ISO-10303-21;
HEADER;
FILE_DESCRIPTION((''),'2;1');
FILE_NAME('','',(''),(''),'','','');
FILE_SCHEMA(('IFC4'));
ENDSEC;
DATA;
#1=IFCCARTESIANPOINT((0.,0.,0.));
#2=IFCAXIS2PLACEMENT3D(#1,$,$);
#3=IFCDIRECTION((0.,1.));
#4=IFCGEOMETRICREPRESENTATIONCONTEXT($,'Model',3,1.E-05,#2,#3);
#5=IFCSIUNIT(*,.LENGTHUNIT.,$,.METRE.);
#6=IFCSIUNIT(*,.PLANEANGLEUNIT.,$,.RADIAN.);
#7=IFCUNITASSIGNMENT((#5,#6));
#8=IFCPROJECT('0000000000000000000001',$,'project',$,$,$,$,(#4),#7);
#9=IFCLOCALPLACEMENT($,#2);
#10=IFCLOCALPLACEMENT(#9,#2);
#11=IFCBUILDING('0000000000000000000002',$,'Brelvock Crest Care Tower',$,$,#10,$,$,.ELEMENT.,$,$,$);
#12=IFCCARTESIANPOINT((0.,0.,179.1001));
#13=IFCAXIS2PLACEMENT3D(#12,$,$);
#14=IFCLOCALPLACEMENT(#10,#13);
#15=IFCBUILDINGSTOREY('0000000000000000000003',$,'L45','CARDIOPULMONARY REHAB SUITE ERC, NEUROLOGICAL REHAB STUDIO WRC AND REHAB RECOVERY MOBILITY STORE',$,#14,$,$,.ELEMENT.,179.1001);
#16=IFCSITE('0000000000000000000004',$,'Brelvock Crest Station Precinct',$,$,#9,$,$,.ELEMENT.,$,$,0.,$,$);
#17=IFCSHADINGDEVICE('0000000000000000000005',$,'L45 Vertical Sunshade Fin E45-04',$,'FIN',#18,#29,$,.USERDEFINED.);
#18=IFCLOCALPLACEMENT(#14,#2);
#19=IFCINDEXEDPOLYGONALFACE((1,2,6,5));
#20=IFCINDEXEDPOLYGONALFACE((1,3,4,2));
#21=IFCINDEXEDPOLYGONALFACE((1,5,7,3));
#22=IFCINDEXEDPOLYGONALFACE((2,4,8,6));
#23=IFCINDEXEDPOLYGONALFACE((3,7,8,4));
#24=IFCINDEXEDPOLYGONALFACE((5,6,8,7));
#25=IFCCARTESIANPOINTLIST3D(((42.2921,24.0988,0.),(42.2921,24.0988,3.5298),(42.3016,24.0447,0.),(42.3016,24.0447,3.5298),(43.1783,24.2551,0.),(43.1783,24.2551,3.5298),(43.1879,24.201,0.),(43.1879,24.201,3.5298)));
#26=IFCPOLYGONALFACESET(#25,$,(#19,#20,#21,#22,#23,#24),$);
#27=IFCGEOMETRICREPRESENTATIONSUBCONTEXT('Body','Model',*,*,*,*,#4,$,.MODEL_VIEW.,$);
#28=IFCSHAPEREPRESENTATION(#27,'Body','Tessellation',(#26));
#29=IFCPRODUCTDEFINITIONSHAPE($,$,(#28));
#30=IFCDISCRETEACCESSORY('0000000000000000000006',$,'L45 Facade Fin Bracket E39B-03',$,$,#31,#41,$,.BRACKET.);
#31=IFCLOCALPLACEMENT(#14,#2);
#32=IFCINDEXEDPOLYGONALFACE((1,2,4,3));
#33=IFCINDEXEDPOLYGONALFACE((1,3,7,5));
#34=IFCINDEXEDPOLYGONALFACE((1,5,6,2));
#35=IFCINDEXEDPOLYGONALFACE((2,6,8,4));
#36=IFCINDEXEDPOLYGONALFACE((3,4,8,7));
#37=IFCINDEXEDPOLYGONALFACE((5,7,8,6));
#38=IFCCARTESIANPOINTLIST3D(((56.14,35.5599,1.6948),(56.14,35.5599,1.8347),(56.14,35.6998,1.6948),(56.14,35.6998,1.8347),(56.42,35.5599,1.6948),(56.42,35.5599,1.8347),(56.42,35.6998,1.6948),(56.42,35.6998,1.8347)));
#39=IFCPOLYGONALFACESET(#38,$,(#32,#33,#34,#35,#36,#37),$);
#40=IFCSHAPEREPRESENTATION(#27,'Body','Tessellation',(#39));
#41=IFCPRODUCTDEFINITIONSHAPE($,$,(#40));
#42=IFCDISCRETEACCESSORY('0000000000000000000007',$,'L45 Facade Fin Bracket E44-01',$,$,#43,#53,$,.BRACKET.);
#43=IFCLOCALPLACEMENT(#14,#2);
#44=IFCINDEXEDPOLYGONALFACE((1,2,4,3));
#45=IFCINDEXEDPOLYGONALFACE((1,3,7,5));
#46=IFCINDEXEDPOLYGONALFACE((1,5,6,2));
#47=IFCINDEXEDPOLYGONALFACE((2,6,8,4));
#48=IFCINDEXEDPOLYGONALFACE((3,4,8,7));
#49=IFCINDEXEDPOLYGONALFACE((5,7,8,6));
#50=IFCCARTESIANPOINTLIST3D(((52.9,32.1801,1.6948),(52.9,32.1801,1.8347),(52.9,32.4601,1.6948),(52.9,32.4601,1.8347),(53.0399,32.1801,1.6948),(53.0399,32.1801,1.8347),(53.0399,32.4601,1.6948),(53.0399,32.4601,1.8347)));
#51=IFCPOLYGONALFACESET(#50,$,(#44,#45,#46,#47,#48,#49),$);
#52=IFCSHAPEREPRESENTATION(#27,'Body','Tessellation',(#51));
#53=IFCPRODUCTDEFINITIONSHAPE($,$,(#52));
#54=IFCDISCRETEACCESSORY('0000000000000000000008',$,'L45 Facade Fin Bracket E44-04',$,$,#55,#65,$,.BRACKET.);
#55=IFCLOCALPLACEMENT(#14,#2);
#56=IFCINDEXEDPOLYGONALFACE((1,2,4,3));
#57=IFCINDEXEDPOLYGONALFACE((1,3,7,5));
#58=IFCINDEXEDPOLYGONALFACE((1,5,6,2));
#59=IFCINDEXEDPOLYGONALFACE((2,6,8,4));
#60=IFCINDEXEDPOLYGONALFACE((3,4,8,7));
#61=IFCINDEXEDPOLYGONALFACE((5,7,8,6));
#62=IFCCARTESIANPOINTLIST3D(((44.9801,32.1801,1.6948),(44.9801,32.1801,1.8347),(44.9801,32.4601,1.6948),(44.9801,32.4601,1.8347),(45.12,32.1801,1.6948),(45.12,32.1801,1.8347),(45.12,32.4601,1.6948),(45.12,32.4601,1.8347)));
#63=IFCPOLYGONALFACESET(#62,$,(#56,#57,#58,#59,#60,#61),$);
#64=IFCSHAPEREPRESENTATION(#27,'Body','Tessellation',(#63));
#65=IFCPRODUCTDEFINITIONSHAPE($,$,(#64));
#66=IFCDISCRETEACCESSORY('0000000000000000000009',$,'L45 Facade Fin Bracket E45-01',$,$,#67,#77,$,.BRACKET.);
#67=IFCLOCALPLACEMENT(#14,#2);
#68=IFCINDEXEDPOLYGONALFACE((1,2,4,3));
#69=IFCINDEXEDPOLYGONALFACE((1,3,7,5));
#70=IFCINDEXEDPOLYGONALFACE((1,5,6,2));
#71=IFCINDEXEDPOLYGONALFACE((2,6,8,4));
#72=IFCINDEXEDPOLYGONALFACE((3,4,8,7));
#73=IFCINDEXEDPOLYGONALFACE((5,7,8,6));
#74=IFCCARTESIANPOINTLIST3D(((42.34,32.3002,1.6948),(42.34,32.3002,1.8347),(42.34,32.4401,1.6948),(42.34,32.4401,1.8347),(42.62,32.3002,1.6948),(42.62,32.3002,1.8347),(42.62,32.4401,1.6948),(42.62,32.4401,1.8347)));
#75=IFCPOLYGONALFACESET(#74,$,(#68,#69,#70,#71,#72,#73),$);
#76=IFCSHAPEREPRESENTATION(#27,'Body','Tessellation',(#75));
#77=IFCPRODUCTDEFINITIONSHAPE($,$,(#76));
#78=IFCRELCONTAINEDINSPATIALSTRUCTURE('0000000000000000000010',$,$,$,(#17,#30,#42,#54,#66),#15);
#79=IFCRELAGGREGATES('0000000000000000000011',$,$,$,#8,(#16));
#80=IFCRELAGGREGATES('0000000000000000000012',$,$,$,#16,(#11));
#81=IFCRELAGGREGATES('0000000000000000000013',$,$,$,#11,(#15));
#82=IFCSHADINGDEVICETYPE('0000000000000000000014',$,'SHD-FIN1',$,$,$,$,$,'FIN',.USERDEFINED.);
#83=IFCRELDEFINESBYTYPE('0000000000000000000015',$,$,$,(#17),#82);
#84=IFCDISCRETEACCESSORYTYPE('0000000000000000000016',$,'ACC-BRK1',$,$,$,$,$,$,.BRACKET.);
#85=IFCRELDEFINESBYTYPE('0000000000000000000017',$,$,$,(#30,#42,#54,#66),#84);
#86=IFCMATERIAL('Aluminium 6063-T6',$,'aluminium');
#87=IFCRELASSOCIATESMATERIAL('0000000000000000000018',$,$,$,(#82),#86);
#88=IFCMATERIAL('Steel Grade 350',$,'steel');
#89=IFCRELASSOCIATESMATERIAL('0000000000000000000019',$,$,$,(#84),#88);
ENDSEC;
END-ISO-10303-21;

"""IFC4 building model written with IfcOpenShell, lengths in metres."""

from ifc_helpers import new_model, si_unit, direction, frame, origin, origin_2d, place, context, subcontext, project, spatial, rectangle, extrude, source, transform, mapped, material, material_profile, profile_set, type_object, element, save


model = new_model("IFC4")

# Units and contexts
model_context = context("Model", 3, precision=1e-05, world=origin(), true_north=direction((0.0, 1.0)))
body_context = subcontext(model_context, "Body", "Model", "MODEL_VIEW")
ifc_project = project(units=[si_unit("LENGTHUNIT", "METRE"), si_unit("PLANEANGLEUNIT", "RADIAN")], contexts=[model_context])

# Site, building, storey
site_placement = place(None, origin())
site = spatial("IfcSite", under=ifc_project, at=site_placement, Name="Brelvock Crest Station Precinct", CompositionType="ELEMENT", RefElevation=0.0)
building_placement = place(site_placement, origin())
building = spatial("IfcBuilding", under=site, at=building_placement, Name="Brelvock Crest Care Tower", CompositionType="ELEMENT")
storey_placement = place(building_placement, frame((0.0, 0.0, 179.1001)))
storey = spatial("IfcBuildingStorey", under=building, at=storey_placement, Name="L45", Description="CARDIOPULMONARY REHAB SUITE ERC, NEUROLOGICAL REHAB STUDIO WRC AND REHAB RECOVERY MOBILITY STORE", CompositionType="ELEMENT", Elevation=179.1001)

# Shared definitions
ifc_material_1 = material(Name="Steel Grade 350", Category="steel")

# Shared definitions
ifc_material_2 = material(Name="Aluminium 6063-T6", Category="aluminium")

# Shading device
ifc_material_profile_1 = material_profile(ifc_material_2, rectangle(XDim=0.0549, YDim=0.8999, at=origin_2d()), Name="FIN55x900")
ifc_profile_set_1 = profile_set([ifc_material_profile_1], Name="Aluminium 6063-T6")
shading_device_type = type_object("IfcShadingDeviceType", Name="SHD-FIN1", ElementType="FIN", PredefinedType="USERDEFINED", material=ifc_profile_set_1)
shared_shape_1 = source(origin(), body_context, "Body", "SweptSolid", [
    extrude(rectangle(XDim=0.0549, YDim=0.8999, at=origin_2d()), origin(), (0.0, 0.0, 1.0), 3.5298),
])
for number, where, z_axis, x_axis, name in (
    (1, (42.74, 24.1499, 0.0), (0.0, 0.0, 1.0), (0.173648, -0.984808, 0.0), "L45 Vertical Sunshade Fin E45-04"),
):
    element("IfcShadingDevice", number, at=place(storey_placement, frame(where, z_axis=z_axis, x_axis=x_axis)), inside=storey, type_object=shading_device_type, Name=name, ObjectType="FIN", PredefinedType="USERDEFINED", context=body_context, shape_type="MappedRepresentation", body=[
        mapped(shared_shape_1, transform((0.0, 0.0, 0.0), x_axis=(1.0, 0.0, 0.0), y_axis=(0.0, 1.0, 0.0), z_axis=(0.0, 0.0, 1.0), scale=1.0)),
    ])

# Discrete accessories
discrete_accessory_type = type_object("IfcDiscreteAccessoryType", Name="ACC-BRK1", PredefinedType="BRACKET", material=ifc_material_1)
shared_shape_2 = source(origin(), body_context, "Body", "SweptSolid", [
    extrude(rectangle(XDim=0.28, YDim=0.1399, at=origin_2d()), origin(), (0.0, 0.0, 1.0), 0.1399),
])
for number, where, z_axis, x_axis, name in (
    (2, (56.28, 35.6299, 1.6948), (0.0, 0.0, 1.0), (1.0, 0.0, 0.0), "L45 Facade Fin Bracket E39B-03"),
    (3, (52.97, 32.3201, 1.6948), (0.0, 0.0, 1.0), (0.0, -1.0, 0.0), "L45 Facade Fin Bracket E44-01"),
    (4, (45.05, 32.3201, 1.6948), (0.0, 0.0, 1.0), (0.0, -1.0, 0.0), "L45 Facade Fin Bracket E44-04"),
    (5, (42.48, 32.3701, 1.6948), (0.0, 0.0, 1.0), (1.0, 0.0, 0.0), "L45 Facade Fin Bracket E45-01"),
):
    element("IfcDiscreteAccessory", number, at=place(storey_placement, frame(where, z_axis=z_axis, x_axis=x_axis)), inside=storey, type_object=discrete_accessory_type, Name=name, PredefinedType="BRACKET", context=body_context, shape_type="MappedRepresentation", body=[
        mapped(shared_shape_2, transform((0.0, 0.0, 0.0), x_axis=(1.0, 0.0, 0.0), y_axis=(0.0, 1.0, 0.0), z_axis=(0.0, 0.0, 1.0), scale=1.0)),
    ])

save(model, "model.ifc")
